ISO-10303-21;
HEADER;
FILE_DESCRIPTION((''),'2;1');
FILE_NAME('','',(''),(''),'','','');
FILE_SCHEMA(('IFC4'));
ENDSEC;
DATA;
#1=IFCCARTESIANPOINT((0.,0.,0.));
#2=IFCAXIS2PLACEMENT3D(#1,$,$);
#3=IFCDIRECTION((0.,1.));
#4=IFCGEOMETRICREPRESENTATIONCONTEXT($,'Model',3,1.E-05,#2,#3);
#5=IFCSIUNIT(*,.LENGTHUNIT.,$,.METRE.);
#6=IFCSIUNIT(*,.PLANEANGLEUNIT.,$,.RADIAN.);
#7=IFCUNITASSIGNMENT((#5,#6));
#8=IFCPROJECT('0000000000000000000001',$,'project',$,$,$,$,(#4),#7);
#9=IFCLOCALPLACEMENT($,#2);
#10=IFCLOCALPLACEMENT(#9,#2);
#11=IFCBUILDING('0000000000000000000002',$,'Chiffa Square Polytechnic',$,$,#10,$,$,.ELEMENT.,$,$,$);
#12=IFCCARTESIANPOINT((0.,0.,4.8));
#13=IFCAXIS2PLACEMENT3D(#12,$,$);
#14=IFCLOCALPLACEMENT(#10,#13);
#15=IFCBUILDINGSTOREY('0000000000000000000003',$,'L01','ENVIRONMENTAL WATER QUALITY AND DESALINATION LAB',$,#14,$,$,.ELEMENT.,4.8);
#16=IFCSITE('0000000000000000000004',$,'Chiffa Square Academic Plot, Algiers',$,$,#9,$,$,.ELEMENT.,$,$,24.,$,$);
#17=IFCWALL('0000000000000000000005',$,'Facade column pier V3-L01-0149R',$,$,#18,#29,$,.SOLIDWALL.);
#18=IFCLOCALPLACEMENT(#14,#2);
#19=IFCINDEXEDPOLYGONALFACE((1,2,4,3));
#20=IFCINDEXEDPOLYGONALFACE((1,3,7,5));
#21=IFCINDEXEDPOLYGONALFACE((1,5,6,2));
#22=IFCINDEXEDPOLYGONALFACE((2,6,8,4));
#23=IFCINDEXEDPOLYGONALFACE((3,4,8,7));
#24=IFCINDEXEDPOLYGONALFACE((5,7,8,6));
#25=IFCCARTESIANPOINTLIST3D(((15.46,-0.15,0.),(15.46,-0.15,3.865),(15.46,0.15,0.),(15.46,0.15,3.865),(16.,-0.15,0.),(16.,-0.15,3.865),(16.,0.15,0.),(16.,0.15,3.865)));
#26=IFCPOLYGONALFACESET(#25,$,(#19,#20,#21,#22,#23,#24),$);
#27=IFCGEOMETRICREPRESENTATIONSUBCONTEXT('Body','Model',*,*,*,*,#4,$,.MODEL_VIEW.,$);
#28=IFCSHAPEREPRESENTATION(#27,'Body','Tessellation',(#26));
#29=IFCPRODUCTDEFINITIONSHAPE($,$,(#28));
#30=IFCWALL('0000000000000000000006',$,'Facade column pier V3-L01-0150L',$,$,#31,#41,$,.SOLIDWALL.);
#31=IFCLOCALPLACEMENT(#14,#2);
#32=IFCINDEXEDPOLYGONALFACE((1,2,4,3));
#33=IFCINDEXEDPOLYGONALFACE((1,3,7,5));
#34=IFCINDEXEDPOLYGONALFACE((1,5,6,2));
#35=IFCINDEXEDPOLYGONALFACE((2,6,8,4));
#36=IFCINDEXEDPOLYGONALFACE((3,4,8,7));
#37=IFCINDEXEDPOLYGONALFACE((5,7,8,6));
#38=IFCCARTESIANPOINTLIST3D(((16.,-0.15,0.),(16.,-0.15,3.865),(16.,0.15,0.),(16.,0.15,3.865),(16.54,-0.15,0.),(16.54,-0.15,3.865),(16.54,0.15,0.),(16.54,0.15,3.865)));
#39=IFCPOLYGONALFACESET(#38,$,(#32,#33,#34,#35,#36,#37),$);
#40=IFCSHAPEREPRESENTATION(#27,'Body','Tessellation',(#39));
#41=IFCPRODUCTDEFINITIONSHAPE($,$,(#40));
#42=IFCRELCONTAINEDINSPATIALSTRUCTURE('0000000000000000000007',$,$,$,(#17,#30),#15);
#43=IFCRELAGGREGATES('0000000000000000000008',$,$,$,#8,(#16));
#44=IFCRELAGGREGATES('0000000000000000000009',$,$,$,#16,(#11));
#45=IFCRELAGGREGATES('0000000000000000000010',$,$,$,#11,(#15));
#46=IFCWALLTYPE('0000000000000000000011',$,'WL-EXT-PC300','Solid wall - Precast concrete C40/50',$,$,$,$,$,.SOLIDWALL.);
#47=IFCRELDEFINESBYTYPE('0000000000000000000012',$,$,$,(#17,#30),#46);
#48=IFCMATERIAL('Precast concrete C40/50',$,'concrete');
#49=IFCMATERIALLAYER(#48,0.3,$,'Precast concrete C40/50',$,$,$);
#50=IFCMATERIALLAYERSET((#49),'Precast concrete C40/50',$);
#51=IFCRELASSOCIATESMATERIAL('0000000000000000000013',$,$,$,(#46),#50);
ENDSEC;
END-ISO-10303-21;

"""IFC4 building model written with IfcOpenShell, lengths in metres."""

from ifc_helpers import new_model, si_unit, direction, frame, frame_2d, origin, place, context, subcontext, project, spatial, rectangle, extrude, material, layer, layer_set, type_object, element, save


model = new_model("IFC4")

# Units and contexts
model_context = context("Model", 3, precision=1e-05, world=origin(), true_north=direction((0.0, 1.0)))
body_context = subcontext(model_context, "Body", "Model", "MODEL_VIEW")
ifc_project = project(units=[si_unit("LENGTHUNIT", "METRE"), si_unit("PLANEANGLEUNIT", "RADIAN")], contexts=[model_context])

# Site, building, storey
site_placement = place(None, origin())
site = spatial("IfcSite", under=ifc_project, at=site_placement, Name="Chiffa Square Academic Plot, Algiers", CompositionType="ELEMENT", RefElevation=24.0)
building_placement = place(site_placement, origin())
building = spatial("IfcBuilding", under=site, at=building_placement, Name="Chiffa Square Polytechnic", CompositionType="ELEMENT")
storey_placement = place(building_placement, frame((0.0, 0.0, 4.8)))
storey = spatial("IfcBuildingStorey", under=building, at=storey_placement, Name="L01", Description="ENVIRONMENTAL WATER QUALITY AND DESALINATION LAB", CompositionType="ELEMENT", Elevation=4.8)

# Walls
ifc_material_1 = material(Name="Precast concrete C40/50", Category="concrete")
ifc_layer_1 = layer(ifc_material_1, 0.3, Name="Precast concrete C40/50")
ifc_layer_set_1 = layer_set([ifc_layer_1], Name="Precast concrete C40/50")
wall_type = type_object("IfcWallType", Name="WL-EXT-PC300", Description="Solid wall - Precast concrete C40/50", PredefinedType="SOLIDWALL", material=ifc_layer_set_1)
for number, where, z_axis, x_axis, name in (
    (1, (15.46, 0.0, 0.0), (0.0, 0.0, 1.0), (1.0, 0.0, 0.0), "Facade column pier V3-L01-0149R"),
    (2, (16.0, 0.0, 0.0), (0.0, 0.0, 1.0), (1.0, 0.0, 0.0), "Facade column pier V3-L01-0150L"),
):
    element("IfcWall", number, at=place(storey_placement, frame(where, z_axis=z_axis, x_axis=x_axis)), inside=storey, type_object=wall_type, Name=name, PredefinedType="SOLIDWALL", context=body_context, shape_type="SweptSolid", body=[
        extrude(rectangle(XDim=0.54, YDim=0.3, at=frame_2d((0.27, 0.0))), origin(), (0.0, 0.0, 1.0), 3.865),
    ])

save(model, "model.ifc")
